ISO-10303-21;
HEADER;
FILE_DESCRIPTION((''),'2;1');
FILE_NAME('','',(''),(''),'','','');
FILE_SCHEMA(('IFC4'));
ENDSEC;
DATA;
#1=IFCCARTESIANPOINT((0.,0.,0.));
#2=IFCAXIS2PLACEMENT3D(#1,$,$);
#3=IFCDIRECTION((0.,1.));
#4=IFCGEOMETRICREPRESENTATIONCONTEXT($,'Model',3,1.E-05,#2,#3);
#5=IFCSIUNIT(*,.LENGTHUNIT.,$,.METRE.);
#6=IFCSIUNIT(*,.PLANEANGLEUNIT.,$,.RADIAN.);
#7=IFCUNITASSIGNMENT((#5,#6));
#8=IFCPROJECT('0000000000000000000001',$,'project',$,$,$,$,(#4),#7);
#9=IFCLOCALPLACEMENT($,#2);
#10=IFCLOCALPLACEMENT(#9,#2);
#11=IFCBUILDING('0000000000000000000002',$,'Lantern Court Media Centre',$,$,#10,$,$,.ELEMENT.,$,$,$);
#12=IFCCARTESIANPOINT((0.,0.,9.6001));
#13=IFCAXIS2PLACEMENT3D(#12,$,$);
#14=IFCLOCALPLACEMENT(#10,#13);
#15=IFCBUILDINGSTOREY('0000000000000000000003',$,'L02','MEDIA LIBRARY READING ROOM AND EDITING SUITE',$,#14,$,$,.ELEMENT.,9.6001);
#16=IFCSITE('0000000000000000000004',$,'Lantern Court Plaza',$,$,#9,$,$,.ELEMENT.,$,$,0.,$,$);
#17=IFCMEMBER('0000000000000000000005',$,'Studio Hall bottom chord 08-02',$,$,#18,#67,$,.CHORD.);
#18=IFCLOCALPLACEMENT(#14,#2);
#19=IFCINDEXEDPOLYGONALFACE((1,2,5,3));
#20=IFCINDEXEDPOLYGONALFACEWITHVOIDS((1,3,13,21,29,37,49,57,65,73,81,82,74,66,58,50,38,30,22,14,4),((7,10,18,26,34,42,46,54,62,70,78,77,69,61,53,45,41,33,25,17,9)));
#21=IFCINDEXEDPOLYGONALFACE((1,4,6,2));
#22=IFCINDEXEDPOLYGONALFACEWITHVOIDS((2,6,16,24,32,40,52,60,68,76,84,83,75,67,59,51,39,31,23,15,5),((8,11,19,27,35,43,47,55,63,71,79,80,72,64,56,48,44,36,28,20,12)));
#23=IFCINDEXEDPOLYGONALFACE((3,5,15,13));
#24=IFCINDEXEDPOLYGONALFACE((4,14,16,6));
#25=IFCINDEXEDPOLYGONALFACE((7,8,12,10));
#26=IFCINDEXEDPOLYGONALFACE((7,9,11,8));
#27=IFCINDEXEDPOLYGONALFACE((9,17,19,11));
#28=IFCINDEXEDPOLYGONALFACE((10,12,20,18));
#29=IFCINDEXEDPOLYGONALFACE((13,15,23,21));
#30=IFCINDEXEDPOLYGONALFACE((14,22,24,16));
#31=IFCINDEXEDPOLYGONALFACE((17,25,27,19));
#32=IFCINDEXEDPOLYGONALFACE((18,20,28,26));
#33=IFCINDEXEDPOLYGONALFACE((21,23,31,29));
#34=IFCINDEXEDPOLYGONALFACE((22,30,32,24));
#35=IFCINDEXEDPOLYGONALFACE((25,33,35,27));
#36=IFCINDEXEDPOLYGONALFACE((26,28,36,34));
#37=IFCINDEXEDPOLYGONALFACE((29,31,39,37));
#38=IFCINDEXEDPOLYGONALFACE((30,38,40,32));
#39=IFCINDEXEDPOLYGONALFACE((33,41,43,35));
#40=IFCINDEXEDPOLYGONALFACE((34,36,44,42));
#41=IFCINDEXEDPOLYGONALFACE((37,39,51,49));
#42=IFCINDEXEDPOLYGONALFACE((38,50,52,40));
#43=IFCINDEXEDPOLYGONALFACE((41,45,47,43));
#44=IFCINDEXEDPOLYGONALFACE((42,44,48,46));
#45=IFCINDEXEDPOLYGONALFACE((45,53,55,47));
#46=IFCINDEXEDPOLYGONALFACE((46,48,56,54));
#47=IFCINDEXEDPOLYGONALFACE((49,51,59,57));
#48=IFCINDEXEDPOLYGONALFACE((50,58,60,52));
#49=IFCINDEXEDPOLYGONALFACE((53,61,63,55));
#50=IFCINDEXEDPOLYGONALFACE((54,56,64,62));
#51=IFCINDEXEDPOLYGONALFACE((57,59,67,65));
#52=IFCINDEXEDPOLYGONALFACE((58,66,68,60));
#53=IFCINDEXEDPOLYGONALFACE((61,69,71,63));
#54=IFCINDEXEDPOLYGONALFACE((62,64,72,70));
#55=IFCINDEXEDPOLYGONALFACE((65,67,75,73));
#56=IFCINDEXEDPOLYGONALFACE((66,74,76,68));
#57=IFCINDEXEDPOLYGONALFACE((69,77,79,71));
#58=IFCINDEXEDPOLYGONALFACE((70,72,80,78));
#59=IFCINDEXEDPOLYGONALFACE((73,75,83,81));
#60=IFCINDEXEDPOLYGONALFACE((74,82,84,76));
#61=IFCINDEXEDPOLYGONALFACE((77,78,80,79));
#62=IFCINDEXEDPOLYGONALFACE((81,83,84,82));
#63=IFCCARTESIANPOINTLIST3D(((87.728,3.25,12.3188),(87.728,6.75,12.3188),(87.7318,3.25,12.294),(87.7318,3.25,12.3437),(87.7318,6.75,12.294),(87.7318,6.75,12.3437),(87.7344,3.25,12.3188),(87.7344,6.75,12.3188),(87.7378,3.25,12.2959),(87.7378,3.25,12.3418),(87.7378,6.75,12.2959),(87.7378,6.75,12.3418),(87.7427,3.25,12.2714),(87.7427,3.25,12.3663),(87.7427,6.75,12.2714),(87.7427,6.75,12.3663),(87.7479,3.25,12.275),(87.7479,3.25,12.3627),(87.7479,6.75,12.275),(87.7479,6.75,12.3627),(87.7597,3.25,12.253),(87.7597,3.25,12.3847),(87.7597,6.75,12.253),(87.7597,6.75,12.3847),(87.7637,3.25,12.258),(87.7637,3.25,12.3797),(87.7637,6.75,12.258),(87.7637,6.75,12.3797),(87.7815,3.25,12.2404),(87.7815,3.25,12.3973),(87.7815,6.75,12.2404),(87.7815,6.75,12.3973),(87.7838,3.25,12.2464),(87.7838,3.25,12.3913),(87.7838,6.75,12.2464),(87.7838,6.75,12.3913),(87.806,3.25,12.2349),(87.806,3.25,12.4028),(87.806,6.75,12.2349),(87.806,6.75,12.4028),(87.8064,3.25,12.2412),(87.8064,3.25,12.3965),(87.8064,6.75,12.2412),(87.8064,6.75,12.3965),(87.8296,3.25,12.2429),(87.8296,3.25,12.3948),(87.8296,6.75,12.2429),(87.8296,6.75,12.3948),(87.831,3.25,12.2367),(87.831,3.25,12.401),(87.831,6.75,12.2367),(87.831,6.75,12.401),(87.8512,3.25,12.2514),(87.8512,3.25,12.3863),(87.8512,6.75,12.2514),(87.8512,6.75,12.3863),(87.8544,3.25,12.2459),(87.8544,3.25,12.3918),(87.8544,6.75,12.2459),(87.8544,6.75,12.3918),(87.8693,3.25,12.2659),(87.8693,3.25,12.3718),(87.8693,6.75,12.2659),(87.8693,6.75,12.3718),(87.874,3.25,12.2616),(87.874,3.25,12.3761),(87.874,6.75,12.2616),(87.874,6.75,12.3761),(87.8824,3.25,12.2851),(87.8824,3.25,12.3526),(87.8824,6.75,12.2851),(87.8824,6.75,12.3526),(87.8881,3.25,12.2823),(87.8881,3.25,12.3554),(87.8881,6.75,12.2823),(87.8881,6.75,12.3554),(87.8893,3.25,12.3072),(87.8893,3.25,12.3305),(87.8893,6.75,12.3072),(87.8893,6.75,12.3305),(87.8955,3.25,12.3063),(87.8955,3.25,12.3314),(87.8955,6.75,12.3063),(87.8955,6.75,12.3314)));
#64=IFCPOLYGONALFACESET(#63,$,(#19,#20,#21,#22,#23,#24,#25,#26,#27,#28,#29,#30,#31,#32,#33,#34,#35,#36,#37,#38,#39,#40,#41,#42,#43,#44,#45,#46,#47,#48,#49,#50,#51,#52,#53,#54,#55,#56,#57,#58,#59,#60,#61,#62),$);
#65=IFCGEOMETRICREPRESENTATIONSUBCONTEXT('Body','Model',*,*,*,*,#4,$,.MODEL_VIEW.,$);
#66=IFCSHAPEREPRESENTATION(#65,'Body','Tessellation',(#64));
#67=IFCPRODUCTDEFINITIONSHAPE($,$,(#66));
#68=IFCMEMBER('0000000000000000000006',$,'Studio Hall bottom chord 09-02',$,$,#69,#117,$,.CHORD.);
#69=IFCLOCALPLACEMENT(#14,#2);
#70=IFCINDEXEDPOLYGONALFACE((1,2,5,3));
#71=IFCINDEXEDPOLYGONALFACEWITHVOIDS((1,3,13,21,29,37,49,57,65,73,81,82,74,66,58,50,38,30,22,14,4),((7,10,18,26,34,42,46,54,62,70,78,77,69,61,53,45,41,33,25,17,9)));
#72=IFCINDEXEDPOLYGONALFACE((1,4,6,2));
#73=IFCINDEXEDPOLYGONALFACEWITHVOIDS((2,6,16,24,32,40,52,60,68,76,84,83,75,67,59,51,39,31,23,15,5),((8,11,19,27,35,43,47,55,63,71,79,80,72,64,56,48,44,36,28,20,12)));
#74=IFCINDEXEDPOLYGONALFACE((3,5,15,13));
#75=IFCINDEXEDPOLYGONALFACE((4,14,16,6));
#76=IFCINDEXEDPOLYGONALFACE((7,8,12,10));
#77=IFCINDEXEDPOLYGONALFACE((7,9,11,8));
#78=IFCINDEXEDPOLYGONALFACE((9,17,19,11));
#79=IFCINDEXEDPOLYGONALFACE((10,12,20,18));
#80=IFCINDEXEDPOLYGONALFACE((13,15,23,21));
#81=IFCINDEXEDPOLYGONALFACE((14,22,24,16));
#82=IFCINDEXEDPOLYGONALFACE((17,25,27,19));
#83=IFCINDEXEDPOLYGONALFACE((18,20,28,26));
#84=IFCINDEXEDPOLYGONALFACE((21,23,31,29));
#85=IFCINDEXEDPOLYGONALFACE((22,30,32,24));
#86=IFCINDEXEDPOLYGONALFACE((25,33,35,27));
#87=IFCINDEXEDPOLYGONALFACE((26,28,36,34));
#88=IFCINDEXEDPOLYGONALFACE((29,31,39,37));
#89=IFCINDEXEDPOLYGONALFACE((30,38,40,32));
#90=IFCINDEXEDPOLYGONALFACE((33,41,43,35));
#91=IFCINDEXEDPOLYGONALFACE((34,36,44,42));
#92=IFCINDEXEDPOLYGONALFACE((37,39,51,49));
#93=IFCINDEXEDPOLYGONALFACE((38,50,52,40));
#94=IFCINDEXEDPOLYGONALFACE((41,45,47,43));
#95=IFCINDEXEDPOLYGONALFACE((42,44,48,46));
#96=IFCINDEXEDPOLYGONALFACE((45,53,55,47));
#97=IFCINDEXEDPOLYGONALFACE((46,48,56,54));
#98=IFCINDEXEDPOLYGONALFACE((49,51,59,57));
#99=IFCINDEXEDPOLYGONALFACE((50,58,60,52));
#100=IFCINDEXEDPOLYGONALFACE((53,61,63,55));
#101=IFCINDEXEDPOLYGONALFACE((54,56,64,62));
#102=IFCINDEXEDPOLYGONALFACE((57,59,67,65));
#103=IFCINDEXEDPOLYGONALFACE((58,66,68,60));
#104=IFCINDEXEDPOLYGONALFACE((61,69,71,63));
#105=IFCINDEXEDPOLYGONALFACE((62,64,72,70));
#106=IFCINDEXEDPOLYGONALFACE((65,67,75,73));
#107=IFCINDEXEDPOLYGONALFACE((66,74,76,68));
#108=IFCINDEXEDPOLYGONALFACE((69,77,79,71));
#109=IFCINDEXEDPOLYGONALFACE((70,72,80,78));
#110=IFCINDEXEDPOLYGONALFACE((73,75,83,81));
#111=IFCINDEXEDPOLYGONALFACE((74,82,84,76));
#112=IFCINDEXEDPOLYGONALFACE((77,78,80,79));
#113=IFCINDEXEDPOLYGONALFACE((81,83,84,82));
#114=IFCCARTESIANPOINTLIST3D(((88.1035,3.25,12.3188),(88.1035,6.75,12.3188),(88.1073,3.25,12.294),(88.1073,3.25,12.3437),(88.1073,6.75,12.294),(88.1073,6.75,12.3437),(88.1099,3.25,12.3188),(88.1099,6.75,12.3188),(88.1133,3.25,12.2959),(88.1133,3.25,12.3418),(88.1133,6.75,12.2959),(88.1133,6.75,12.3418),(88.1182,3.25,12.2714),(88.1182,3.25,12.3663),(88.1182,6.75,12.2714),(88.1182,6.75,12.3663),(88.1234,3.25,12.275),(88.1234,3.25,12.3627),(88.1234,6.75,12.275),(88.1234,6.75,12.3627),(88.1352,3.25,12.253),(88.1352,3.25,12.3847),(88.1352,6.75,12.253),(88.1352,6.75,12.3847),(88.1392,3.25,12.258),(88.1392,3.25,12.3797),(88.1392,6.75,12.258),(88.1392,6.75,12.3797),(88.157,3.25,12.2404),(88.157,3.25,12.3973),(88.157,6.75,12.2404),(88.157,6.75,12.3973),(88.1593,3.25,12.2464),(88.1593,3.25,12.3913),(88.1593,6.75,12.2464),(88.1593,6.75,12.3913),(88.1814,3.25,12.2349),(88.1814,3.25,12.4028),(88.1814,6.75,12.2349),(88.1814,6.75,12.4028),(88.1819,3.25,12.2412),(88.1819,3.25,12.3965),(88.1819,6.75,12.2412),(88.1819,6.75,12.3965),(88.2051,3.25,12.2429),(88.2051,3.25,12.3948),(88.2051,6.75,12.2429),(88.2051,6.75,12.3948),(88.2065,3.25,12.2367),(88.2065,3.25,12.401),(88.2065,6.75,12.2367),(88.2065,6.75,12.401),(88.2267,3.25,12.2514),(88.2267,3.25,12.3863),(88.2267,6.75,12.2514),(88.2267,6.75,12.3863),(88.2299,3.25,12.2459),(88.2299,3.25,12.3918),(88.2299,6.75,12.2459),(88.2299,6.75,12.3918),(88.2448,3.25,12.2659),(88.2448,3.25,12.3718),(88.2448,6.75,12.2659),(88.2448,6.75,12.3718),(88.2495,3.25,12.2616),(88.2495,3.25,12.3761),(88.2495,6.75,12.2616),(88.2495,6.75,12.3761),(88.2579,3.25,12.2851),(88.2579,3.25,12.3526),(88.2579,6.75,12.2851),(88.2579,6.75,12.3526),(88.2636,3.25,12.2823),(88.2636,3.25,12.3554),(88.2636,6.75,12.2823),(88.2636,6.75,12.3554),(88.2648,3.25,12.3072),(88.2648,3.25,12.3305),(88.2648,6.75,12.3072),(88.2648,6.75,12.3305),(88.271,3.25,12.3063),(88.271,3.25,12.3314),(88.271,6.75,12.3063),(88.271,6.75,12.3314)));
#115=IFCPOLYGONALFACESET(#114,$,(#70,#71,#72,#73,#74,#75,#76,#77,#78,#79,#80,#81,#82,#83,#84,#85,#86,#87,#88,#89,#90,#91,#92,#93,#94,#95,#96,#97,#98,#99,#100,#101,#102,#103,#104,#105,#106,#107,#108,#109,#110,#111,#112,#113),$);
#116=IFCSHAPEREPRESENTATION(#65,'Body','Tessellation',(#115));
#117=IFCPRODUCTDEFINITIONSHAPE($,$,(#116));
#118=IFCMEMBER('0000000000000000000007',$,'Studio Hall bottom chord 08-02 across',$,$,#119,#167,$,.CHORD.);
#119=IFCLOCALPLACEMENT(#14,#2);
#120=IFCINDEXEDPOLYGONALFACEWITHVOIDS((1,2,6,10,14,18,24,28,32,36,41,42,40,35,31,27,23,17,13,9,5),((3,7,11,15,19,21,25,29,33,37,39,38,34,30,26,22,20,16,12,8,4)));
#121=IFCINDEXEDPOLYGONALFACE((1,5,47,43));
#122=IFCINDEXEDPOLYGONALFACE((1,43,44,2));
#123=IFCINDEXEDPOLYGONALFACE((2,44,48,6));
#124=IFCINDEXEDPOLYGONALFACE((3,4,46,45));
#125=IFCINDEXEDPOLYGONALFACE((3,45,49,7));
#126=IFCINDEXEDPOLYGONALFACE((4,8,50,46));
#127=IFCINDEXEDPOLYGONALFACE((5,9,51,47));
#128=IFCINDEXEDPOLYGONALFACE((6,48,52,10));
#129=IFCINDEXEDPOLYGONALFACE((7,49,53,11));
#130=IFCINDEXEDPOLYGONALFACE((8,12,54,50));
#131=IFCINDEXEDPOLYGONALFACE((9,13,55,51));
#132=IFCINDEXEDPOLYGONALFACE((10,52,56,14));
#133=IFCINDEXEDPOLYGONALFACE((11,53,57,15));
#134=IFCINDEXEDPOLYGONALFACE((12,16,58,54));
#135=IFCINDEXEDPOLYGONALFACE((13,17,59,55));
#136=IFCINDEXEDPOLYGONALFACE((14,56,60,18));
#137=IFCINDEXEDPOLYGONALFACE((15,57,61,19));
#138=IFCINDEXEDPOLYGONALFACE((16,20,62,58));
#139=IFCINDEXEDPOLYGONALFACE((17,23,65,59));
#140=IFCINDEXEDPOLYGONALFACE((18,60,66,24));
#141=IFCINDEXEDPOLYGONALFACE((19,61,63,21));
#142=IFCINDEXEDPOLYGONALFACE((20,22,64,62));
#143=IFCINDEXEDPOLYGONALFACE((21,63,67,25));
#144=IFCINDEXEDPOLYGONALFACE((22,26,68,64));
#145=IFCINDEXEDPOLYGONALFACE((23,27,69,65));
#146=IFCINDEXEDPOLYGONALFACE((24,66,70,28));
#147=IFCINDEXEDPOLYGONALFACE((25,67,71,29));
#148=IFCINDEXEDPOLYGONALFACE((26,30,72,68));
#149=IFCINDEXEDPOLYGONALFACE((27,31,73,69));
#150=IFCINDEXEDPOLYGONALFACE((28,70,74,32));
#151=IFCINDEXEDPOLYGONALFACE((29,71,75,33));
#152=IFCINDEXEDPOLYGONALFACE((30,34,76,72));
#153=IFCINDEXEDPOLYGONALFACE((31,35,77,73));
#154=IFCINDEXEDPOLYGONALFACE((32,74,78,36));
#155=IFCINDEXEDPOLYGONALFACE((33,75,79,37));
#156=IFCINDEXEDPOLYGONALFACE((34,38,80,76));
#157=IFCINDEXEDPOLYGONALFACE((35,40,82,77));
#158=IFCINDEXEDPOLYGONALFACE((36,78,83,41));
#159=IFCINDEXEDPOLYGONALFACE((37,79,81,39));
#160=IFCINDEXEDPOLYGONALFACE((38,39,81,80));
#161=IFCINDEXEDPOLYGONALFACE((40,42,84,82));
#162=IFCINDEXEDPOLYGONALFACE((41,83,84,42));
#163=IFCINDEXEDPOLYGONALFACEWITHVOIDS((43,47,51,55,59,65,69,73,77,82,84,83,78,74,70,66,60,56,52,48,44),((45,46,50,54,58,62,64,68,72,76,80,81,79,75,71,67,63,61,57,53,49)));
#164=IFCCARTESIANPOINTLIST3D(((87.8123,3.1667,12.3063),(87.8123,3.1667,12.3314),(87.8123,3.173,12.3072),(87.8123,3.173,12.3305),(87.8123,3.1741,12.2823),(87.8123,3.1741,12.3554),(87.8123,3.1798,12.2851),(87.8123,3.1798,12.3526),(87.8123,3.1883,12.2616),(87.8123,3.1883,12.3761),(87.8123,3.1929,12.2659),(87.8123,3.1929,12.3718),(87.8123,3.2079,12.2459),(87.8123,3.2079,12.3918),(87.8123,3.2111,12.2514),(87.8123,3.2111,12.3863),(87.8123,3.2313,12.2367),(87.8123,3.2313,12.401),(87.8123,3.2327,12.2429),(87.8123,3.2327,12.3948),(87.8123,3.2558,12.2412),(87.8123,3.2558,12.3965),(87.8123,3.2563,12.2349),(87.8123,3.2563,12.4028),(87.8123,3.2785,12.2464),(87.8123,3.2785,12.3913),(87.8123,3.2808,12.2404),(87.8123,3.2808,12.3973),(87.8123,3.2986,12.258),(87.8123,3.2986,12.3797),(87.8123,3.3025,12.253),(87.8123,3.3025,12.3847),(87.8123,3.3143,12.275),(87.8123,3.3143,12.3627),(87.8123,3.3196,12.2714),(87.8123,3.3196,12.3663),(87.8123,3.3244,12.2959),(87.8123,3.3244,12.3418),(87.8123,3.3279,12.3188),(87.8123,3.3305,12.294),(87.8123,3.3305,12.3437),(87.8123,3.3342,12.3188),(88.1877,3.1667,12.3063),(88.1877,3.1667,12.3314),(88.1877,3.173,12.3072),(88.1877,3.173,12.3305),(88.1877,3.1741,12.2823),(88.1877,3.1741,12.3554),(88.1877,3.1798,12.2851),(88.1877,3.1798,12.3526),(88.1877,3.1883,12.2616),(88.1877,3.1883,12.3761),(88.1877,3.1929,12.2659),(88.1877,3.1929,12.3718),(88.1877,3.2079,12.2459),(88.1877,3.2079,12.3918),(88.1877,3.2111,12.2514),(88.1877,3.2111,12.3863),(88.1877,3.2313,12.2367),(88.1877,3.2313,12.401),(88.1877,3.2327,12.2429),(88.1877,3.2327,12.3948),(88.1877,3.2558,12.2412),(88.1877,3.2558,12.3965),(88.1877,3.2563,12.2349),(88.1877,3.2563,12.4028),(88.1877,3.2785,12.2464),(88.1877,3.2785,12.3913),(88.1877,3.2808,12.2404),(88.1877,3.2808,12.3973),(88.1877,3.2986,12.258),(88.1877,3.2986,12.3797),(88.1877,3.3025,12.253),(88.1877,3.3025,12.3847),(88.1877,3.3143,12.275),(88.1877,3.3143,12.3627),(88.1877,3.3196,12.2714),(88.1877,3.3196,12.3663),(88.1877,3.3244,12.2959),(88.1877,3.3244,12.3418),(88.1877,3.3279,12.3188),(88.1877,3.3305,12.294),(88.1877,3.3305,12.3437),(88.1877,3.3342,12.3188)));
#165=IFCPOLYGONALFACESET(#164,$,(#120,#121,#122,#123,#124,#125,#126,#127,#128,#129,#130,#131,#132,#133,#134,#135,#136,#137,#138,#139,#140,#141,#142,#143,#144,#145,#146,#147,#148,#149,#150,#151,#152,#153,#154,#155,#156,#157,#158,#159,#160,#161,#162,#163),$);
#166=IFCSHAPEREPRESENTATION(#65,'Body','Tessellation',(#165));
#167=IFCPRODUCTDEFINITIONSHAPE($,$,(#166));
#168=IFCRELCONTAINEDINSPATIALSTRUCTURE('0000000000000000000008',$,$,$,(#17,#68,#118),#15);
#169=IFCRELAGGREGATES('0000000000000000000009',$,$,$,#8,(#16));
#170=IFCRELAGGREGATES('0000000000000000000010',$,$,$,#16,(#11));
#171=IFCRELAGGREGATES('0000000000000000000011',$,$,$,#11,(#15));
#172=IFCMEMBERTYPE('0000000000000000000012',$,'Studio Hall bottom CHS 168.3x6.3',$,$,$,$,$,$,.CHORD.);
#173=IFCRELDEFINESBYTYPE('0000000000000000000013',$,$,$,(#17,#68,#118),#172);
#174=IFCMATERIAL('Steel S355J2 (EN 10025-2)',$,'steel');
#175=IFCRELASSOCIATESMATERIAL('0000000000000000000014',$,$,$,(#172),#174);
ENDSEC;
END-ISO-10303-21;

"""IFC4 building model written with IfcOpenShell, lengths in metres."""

from ifc_helpers import new_model, si_unit, direction, frame, origin, origin_2d, place, context, subcontext, project, spatial, hollow_circle, extrude, material, material_profile, profile_set, type_object, element, save


model = new_model("IFC4")

# Units and contexts
model_context = context("Model", 3, precision=1e-05, world=origin(), true_north=direction((0.0, 1.0)))
body_context = subcontext(model_context, "Body", "Model", "MODEL_VIEW")
ifc_project = project(units=[si_unit("LENGTHUNIT", "METRE"), si_unit("PLANEANGLEUNIT", "RADIAN")], contexts=[model_context])

# Site, building, storey
site_placement = place(None, origin())
site = spatial("IfcSite", under=ifc_project, at=site_placement, Name="Lantern Court Plaza", CompositionType="ELEMENT", RefElevation=0.0)
building_placement = place(site_placement, origin())
building = spatial("IfcBuilding", under=site, at=building_placement, Name="Lantern Court Media Centre", CompositionType="ELEMENT")
storey_placement = place(building_placement, frame((0.0, 0.0, 9.6001)))
storey = spatial("IfcBuildingStorey", under=building, at=storey_placement, Name="L02", Description="MEDIA LIBRARY READING ROOM AND EDITING SUITE", CompositionType="ELEMENT", Elevation=9.6001)

# Members
ifc_material = material(Name="Steel S355J2 (EN 10025-2)", Category="steel")
ifc_material_profile_1 = material_profile(ifc_material, hollow_circle(Radius=0.0842, WallThickness=0.0063, at=origin_2d()), Name="Studio Hall bottom CHS 168.3x6.3")
ifc_profile_set_1 = profile_set([ifc_material_profile_1], Name="Steel S355J2 (EN 10025-2)")
member_type_1 = type_object("IfcMemberType", Name="Studio Hall bottom CHS 168.3x6.3", PredefinedType="CHORD", material=ifc_profile_set_1)
for number, where, z_axis, x_axis, name in (
    (1, (87.8123, 3.25, 12.3188), (0.0, 1.0, 0.0), (-1.0, 0.0, 0.0), "Studio Hall bottom chord 08-02"),
    (2, (88.1877, 3.25, 12.3188), (0.0, 1.0, 0.0), (-1.0, 0.0, 0.0), "Studio Hall bottom chord 09-02"),
):
    element("IfcMember", number, at=place(storey_placement, frame(where, z_axis=z_axis, x_axis=x_axis)), inside=storey, type_object=member_type_1, Name=name, PredefinedType="CHORD", context=body_context, shape_type="SweptSolid", body=[
        extrude(hollow_circle(Radius=0.0842, WallThickness=0.0063, at=origin_2d()), origin(), (0.0, 0.0, 1.0), 3.5),
    ])
member_1_placement = place(storey_placement, frame((87.8123, 3.25, 12.3188), z_axis=(1.0, 0.0, 0.0), x_axis=(0.0, 1.0, 0.0)))
element("IfcMember", 3, at=member_1_placement, inside=storey, type_object=member_type_1, Name="Studio Hall bottom chord 08-02 across", PredefinedType="CHORD", context=body_context, shape_type="SweptSolid", body=[
    extrude(hollow_circle(Radius=0.0842, WallThickness=0.0063, at=origin_2d()), origin(), (0.0, 0.0, 1.0), 0.3755),
])

save(model, "model.ifc")
